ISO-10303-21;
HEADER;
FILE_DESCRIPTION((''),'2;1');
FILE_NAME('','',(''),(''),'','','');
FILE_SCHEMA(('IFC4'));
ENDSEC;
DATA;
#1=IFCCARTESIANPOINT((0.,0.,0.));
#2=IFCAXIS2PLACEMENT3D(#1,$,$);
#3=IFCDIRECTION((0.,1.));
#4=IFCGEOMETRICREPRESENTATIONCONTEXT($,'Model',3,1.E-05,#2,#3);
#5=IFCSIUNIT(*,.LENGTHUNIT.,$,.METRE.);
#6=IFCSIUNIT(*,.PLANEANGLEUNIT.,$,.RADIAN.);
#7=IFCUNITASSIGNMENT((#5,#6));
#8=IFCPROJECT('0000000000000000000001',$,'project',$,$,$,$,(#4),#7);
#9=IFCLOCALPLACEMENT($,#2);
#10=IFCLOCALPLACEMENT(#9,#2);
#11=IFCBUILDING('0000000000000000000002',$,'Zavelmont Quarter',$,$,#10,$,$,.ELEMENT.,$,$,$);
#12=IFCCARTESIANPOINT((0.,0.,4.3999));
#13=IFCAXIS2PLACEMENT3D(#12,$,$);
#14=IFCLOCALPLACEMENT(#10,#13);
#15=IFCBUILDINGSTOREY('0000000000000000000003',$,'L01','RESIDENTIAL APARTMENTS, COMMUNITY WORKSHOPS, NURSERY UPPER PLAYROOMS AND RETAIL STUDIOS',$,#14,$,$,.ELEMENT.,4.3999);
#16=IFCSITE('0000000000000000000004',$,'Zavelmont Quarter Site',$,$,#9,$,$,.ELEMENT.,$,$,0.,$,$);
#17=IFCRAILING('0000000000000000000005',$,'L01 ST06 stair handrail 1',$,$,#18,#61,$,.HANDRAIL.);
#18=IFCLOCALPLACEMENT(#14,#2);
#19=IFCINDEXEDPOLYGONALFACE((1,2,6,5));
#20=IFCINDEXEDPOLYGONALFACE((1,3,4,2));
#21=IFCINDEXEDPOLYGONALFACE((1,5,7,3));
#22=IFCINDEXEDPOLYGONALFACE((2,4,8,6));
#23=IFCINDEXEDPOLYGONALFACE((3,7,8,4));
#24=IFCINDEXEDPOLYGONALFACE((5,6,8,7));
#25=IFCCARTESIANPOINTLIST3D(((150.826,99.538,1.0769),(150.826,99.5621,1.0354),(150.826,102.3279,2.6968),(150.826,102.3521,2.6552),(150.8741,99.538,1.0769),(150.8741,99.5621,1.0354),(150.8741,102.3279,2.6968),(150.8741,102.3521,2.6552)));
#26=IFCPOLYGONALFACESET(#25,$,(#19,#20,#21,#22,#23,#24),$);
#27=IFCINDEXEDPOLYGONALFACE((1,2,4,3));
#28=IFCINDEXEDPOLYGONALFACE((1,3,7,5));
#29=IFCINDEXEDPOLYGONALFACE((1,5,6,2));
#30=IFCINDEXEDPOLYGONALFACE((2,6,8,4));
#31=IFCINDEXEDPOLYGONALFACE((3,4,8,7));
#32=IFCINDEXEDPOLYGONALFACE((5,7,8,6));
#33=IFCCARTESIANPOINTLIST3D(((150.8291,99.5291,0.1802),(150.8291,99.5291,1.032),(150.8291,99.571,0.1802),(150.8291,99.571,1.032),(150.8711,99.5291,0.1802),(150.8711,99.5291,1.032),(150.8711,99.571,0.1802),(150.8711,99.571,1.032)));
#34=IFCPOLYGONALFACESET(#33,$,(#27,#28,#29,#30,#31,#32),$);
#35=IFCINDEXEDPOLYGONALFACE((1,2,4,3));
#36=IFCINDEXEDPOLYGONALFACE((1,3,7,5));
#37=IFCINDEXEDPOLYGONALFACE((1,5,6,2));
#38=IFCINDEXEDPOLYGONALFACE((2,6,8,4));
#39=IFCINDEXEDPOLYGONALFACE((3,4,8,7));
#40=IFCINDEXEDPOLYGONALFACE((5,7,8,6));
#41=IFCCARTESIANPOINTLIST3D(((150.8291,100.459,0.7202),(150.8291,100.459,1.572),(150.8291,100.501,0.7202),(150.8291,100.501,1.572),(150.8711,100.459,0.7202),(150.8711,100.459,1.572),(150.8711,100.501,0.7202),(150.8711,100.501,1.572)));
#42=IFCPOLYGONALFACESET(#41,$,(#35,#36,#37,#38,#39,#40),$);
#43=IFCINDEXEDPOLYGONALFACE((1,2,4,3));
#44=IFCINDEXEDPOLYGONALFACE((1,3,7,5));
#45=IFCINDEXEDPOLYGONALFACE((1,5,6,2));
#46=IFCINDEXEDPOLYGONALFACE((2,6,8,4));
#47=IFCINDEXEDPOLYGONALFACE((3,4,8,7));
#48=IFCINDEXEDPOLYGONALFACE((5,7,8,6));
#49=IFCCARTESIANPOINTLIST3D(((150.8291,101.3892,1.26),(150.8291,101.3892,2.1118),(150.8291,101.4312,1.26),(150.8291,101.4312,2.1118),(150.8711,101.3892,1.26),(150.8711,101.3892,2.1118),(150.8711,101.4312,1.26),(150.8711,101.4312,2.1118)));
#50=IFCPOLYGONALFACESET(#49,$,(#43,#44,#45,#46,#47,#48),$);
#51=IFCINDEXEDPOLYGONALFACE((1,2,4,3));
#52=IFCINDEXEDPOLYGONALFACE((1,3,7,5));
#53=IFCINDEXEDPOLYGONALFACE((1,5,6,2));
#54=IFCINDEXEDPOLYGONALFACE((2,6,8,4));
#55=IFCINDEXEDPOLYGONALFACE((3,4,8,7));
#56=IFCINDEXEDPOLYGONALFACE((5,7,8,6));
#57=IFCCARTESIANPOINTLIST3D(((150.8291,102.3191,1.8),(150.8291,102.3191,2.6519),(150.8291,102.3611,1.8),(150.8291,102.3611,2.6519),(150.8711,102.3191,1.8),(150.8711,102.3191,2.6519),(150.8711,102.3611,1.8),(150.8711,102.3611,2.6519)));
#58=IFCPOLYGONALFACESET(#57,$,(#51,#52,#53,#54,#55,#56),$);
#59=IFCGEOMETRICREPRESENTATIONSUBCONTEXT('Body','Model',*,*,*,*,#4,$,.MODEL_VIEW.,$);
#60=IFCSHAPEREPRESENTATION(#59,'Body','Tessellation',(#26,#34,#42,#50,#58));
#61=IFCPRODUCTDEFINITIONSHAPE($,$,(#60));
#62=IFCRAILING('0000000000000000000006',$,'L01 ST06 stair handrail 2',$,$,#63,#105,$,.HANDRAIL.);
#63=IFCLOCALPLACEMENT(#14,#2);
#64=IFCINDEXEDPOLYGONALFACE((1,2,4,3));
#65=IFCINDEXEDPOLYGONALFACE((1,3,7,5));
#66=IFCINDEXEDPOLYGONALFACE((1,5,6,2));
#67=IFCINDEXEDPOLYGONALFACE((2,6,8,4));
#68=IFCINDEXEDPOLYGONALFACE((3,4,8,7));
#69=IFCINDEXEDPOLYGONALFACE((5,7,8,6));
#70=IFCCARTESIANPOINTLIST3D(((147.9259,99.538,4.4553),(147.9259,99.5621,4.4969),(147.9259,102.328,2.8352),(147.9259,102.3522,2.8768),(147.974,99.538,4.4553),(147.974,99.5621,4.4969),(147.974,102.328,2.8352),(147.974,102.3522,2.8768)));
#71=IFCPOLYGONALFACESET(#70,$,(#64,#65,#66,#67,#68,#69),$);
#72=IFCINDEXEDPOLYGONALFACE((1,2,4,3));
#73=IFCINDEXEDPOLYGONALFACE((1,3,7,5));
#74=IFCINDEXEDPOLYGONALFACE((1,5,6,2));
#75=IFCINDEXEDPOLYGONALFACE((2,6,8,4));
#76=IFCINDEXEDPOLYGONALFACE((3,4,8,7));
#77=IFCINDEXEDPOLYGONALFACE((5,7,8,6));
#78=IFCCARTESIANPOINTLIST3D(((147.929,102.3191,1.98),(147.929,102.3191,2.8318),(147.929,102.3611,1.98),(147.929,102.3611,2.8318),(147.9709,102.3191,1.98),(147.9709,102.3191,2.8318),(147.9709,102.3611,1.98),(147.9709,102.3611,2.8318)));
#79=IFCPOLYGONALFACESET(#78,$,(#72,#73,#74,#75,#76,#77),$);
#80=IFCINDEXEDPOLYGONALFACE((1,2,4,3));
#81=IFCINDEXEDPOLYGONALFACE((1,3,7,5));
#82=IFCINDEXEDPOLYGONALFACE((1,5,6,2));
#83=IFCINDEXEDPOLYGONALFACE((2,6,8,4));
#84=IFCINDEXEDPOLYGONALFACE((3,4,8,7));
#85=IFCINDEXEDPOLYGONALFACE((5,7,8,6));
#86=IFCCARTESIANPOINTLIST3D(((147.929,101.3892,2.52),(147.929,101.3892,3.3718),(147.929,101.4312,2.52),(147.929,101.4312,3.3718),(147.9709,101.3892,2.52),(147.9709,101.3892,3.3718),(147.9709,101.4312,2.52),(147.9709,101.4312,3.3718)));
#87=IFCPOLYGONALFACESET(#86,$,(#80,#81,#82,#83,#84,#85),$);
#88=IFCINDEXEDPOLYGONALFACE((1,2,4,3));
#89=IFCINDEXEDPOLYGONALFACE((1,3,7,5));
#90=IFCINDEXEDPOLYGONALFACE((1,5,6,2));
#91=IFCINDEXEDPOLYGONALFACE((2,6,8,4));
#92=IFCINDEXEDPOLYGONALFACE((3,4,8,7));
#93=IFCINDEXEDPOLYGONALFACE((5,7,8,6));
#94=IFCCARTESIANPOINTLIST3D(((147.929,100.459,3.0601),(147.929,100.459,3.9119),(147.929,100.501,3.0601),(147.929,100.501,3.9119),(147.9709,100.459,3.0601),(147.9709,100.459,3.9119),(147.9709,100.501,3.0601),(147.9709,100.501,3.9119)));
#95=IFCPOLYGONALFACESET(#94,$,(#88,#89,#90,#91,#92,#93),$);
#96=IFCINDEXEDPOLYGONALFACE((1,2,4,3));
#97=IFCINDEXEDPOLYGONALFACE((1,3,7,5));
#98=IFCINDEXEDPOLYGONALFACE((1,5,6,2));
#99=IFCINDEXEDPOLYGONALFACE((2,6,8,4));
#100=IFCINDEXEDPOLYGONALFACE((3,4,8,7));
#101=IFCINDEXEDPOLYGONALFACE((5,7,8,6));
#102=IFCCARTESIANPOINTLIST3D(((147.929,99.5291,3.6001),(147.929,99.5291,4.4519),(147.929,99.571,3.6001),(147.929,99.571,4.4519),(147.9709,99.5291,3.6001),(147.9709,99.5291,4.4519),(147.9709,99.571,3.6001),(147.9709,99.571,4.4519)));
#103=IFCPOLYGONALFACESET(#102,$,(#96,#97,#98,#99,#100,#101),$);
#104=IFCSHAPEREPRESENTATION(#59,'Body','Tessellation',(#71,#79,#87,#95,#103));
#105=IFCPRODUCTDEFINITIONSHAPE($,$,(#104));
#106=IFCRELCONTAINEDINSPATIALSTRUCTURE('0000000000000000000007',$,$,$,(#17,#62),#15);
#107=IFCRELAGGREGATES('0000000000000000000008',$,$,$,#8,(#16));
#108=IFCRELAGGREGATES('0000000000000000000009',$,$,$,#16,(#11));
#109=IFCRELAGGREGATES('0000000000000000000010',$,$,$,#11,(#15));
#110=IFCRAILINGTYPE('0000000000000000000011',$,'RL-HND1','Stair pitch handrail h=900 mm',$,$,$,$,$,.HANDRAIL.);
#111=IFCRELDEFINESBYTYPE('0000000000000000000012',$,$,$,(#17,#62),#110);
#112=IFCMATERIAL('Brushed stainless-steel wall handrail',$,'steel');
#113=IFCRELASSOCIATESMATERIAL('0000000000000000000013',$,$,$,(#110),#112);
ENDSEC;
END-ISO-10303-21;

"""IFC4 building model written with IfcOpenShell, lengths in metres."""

from ifc_helpers import new_model, si_unit, direction, frame, origin, origin_2d, place, context, subcontext, project, spatial, rectangle, extrude, material, type_object, element, save


model = new_model("IFC4")

# Units and contexts
model_context = context("Model", 3, precision=1e-05, world=origin(), true_north=direction((0.0, 1.0)))
body_context = subcontext(model_context, "Body", "Model", "MODEL_VIEW")
ifc_project = project(units=[si_unit("LENGTHUNIT", "METRE"), si_unit("PLANEANGLEUNIT", "RADIAN")], contexts=[model_context])

# Site, building, storey
site_placement = place(None, origin())
site = spatial("IfcSite", under=ifc_project, at=site_placement, Name="Zavelmont Quarter Site", CompositionType="ELEMENT", RefElevation=0.0)
building_placement = place(site_placement, origin())
building = spatial("IfcBuilding", under=site, at=building_placement, Name="Zavelmont Quarter", CompositionType="ELEMENT")
storey_placement = place(building_placement, frame((0.0, 0.0, 4.3999)))
storey = spatial("IfcBuildingStorey", under=building, at=storey_placement, Name="L01", Description="RESIDENTIAL APARTMENTS, COMMUNITY WORKSHOPS, NURSERY UPPER PLAYROOMS AND RETAIL STUDIOS", CompositionType="ELEMENT", Elevation=4.3999)

# Railings
ifc_material_1 = material(Name="Brushed stainless-steel wall handrail", Category="steel")
railing_type_1 = type_object("IfcRailingType", Name="RL-HND1", Description="Stair pitch handrail h=900 mm", PredefinedType="HANDRAIL", material=ifc_material_1)
railing_1_placement = place(storey_placement, frame((150.8501, 99.55, 0.1802)))
element("IfcRailing", 1, at=railing_1_placement, inside=storey, type_object=railing_type_1, Name="L01 ST06 stair handrail 1", PredefinedType="HANDRAIL", context=body_context, shape_type="SweptSolid", body=[
    extrude(rectangle(XDim=0.0481, YDim=0.0481, at=origin_2d()), frame((0.0, 0.0, 0.876), z_axis=(0.0, 0.864809, 0.502101), x_axis=(-1.0, 0.0, 0.0)), (0.0, 0.0, 1.0), 3.2261),
    extrude(rectangle(XDim=0.042, YDim=0.042, at=origin_2d()), origin(), (0.0, 0.0, 1.0), 0.8518),
    extrude(rectangle(XDim=0.042, YDim=0.042, at=origin_2d()), frame((0.0, 0.9299, 0.54)), (0.0, 0.0, 1.0), 0.8518),
    extrude(rectangle(XDim=0.042, YDim=0.042, at=origin_2d()), frame((0.0, 1.8601, 1.0798)), (0.0, 0.0, 1.0), 0.8518),
    extrude(rectangle(XDim=0.042, YDim=0.042, at=origin_2d()), frame((0.0, 2.79, 1.6199)), (0.0, 0.0, 1.0), 0.8518),
])
railing_2_placement = place(storey_placement, frame((147.95, 102.3401, 1.98)))
element("IfcRailing", 2, at=railing_2_placement, inside=storey, type_object=railing_type_1, Name="L01 ST06 stair handrail 2", PredefinedType="HANDRAIL", context=body_context, shape_type="SweptSolid", body=[
    extrude(rectangle(XDim=0.0481, YDim=0.0481, at=origin_2d()), frame((0.0, 0.0, 0.876), z_axis=(0.0, -0.864776, 0.502157), x_axis=(1.0, 0.0, 0.0)), (0.0, 0.0, 1.0), 3.2263),
    extrude(rectangle(XDim=0.042, YDim=0.042, at=origin_2d()), origin(), (0.0, 0.0, 1.0), 0.8518),
    extrude(rectangle(XDim=0.042, YDim=0.042, at=origin_2d()), frame((0.0, -0.9299, 0.54)), (0.0, 0.0, 1.0), 0.8518),
    extrude(rectangle(XDim=0.042, YDim=0.042, at=origin_2d()), frame((0.0, -1.8601, 1.0801)), (0.0, 0.0, 1.0), 0.8518),
    extrude(rectangle(XDim=0.042, YDim=0.042, at=origin_2d()), frame((0.0, -2.79, 1.6201)), (0.0, 0.0, 1.0), 0.8518),
])

save(model, "model.ifc")
